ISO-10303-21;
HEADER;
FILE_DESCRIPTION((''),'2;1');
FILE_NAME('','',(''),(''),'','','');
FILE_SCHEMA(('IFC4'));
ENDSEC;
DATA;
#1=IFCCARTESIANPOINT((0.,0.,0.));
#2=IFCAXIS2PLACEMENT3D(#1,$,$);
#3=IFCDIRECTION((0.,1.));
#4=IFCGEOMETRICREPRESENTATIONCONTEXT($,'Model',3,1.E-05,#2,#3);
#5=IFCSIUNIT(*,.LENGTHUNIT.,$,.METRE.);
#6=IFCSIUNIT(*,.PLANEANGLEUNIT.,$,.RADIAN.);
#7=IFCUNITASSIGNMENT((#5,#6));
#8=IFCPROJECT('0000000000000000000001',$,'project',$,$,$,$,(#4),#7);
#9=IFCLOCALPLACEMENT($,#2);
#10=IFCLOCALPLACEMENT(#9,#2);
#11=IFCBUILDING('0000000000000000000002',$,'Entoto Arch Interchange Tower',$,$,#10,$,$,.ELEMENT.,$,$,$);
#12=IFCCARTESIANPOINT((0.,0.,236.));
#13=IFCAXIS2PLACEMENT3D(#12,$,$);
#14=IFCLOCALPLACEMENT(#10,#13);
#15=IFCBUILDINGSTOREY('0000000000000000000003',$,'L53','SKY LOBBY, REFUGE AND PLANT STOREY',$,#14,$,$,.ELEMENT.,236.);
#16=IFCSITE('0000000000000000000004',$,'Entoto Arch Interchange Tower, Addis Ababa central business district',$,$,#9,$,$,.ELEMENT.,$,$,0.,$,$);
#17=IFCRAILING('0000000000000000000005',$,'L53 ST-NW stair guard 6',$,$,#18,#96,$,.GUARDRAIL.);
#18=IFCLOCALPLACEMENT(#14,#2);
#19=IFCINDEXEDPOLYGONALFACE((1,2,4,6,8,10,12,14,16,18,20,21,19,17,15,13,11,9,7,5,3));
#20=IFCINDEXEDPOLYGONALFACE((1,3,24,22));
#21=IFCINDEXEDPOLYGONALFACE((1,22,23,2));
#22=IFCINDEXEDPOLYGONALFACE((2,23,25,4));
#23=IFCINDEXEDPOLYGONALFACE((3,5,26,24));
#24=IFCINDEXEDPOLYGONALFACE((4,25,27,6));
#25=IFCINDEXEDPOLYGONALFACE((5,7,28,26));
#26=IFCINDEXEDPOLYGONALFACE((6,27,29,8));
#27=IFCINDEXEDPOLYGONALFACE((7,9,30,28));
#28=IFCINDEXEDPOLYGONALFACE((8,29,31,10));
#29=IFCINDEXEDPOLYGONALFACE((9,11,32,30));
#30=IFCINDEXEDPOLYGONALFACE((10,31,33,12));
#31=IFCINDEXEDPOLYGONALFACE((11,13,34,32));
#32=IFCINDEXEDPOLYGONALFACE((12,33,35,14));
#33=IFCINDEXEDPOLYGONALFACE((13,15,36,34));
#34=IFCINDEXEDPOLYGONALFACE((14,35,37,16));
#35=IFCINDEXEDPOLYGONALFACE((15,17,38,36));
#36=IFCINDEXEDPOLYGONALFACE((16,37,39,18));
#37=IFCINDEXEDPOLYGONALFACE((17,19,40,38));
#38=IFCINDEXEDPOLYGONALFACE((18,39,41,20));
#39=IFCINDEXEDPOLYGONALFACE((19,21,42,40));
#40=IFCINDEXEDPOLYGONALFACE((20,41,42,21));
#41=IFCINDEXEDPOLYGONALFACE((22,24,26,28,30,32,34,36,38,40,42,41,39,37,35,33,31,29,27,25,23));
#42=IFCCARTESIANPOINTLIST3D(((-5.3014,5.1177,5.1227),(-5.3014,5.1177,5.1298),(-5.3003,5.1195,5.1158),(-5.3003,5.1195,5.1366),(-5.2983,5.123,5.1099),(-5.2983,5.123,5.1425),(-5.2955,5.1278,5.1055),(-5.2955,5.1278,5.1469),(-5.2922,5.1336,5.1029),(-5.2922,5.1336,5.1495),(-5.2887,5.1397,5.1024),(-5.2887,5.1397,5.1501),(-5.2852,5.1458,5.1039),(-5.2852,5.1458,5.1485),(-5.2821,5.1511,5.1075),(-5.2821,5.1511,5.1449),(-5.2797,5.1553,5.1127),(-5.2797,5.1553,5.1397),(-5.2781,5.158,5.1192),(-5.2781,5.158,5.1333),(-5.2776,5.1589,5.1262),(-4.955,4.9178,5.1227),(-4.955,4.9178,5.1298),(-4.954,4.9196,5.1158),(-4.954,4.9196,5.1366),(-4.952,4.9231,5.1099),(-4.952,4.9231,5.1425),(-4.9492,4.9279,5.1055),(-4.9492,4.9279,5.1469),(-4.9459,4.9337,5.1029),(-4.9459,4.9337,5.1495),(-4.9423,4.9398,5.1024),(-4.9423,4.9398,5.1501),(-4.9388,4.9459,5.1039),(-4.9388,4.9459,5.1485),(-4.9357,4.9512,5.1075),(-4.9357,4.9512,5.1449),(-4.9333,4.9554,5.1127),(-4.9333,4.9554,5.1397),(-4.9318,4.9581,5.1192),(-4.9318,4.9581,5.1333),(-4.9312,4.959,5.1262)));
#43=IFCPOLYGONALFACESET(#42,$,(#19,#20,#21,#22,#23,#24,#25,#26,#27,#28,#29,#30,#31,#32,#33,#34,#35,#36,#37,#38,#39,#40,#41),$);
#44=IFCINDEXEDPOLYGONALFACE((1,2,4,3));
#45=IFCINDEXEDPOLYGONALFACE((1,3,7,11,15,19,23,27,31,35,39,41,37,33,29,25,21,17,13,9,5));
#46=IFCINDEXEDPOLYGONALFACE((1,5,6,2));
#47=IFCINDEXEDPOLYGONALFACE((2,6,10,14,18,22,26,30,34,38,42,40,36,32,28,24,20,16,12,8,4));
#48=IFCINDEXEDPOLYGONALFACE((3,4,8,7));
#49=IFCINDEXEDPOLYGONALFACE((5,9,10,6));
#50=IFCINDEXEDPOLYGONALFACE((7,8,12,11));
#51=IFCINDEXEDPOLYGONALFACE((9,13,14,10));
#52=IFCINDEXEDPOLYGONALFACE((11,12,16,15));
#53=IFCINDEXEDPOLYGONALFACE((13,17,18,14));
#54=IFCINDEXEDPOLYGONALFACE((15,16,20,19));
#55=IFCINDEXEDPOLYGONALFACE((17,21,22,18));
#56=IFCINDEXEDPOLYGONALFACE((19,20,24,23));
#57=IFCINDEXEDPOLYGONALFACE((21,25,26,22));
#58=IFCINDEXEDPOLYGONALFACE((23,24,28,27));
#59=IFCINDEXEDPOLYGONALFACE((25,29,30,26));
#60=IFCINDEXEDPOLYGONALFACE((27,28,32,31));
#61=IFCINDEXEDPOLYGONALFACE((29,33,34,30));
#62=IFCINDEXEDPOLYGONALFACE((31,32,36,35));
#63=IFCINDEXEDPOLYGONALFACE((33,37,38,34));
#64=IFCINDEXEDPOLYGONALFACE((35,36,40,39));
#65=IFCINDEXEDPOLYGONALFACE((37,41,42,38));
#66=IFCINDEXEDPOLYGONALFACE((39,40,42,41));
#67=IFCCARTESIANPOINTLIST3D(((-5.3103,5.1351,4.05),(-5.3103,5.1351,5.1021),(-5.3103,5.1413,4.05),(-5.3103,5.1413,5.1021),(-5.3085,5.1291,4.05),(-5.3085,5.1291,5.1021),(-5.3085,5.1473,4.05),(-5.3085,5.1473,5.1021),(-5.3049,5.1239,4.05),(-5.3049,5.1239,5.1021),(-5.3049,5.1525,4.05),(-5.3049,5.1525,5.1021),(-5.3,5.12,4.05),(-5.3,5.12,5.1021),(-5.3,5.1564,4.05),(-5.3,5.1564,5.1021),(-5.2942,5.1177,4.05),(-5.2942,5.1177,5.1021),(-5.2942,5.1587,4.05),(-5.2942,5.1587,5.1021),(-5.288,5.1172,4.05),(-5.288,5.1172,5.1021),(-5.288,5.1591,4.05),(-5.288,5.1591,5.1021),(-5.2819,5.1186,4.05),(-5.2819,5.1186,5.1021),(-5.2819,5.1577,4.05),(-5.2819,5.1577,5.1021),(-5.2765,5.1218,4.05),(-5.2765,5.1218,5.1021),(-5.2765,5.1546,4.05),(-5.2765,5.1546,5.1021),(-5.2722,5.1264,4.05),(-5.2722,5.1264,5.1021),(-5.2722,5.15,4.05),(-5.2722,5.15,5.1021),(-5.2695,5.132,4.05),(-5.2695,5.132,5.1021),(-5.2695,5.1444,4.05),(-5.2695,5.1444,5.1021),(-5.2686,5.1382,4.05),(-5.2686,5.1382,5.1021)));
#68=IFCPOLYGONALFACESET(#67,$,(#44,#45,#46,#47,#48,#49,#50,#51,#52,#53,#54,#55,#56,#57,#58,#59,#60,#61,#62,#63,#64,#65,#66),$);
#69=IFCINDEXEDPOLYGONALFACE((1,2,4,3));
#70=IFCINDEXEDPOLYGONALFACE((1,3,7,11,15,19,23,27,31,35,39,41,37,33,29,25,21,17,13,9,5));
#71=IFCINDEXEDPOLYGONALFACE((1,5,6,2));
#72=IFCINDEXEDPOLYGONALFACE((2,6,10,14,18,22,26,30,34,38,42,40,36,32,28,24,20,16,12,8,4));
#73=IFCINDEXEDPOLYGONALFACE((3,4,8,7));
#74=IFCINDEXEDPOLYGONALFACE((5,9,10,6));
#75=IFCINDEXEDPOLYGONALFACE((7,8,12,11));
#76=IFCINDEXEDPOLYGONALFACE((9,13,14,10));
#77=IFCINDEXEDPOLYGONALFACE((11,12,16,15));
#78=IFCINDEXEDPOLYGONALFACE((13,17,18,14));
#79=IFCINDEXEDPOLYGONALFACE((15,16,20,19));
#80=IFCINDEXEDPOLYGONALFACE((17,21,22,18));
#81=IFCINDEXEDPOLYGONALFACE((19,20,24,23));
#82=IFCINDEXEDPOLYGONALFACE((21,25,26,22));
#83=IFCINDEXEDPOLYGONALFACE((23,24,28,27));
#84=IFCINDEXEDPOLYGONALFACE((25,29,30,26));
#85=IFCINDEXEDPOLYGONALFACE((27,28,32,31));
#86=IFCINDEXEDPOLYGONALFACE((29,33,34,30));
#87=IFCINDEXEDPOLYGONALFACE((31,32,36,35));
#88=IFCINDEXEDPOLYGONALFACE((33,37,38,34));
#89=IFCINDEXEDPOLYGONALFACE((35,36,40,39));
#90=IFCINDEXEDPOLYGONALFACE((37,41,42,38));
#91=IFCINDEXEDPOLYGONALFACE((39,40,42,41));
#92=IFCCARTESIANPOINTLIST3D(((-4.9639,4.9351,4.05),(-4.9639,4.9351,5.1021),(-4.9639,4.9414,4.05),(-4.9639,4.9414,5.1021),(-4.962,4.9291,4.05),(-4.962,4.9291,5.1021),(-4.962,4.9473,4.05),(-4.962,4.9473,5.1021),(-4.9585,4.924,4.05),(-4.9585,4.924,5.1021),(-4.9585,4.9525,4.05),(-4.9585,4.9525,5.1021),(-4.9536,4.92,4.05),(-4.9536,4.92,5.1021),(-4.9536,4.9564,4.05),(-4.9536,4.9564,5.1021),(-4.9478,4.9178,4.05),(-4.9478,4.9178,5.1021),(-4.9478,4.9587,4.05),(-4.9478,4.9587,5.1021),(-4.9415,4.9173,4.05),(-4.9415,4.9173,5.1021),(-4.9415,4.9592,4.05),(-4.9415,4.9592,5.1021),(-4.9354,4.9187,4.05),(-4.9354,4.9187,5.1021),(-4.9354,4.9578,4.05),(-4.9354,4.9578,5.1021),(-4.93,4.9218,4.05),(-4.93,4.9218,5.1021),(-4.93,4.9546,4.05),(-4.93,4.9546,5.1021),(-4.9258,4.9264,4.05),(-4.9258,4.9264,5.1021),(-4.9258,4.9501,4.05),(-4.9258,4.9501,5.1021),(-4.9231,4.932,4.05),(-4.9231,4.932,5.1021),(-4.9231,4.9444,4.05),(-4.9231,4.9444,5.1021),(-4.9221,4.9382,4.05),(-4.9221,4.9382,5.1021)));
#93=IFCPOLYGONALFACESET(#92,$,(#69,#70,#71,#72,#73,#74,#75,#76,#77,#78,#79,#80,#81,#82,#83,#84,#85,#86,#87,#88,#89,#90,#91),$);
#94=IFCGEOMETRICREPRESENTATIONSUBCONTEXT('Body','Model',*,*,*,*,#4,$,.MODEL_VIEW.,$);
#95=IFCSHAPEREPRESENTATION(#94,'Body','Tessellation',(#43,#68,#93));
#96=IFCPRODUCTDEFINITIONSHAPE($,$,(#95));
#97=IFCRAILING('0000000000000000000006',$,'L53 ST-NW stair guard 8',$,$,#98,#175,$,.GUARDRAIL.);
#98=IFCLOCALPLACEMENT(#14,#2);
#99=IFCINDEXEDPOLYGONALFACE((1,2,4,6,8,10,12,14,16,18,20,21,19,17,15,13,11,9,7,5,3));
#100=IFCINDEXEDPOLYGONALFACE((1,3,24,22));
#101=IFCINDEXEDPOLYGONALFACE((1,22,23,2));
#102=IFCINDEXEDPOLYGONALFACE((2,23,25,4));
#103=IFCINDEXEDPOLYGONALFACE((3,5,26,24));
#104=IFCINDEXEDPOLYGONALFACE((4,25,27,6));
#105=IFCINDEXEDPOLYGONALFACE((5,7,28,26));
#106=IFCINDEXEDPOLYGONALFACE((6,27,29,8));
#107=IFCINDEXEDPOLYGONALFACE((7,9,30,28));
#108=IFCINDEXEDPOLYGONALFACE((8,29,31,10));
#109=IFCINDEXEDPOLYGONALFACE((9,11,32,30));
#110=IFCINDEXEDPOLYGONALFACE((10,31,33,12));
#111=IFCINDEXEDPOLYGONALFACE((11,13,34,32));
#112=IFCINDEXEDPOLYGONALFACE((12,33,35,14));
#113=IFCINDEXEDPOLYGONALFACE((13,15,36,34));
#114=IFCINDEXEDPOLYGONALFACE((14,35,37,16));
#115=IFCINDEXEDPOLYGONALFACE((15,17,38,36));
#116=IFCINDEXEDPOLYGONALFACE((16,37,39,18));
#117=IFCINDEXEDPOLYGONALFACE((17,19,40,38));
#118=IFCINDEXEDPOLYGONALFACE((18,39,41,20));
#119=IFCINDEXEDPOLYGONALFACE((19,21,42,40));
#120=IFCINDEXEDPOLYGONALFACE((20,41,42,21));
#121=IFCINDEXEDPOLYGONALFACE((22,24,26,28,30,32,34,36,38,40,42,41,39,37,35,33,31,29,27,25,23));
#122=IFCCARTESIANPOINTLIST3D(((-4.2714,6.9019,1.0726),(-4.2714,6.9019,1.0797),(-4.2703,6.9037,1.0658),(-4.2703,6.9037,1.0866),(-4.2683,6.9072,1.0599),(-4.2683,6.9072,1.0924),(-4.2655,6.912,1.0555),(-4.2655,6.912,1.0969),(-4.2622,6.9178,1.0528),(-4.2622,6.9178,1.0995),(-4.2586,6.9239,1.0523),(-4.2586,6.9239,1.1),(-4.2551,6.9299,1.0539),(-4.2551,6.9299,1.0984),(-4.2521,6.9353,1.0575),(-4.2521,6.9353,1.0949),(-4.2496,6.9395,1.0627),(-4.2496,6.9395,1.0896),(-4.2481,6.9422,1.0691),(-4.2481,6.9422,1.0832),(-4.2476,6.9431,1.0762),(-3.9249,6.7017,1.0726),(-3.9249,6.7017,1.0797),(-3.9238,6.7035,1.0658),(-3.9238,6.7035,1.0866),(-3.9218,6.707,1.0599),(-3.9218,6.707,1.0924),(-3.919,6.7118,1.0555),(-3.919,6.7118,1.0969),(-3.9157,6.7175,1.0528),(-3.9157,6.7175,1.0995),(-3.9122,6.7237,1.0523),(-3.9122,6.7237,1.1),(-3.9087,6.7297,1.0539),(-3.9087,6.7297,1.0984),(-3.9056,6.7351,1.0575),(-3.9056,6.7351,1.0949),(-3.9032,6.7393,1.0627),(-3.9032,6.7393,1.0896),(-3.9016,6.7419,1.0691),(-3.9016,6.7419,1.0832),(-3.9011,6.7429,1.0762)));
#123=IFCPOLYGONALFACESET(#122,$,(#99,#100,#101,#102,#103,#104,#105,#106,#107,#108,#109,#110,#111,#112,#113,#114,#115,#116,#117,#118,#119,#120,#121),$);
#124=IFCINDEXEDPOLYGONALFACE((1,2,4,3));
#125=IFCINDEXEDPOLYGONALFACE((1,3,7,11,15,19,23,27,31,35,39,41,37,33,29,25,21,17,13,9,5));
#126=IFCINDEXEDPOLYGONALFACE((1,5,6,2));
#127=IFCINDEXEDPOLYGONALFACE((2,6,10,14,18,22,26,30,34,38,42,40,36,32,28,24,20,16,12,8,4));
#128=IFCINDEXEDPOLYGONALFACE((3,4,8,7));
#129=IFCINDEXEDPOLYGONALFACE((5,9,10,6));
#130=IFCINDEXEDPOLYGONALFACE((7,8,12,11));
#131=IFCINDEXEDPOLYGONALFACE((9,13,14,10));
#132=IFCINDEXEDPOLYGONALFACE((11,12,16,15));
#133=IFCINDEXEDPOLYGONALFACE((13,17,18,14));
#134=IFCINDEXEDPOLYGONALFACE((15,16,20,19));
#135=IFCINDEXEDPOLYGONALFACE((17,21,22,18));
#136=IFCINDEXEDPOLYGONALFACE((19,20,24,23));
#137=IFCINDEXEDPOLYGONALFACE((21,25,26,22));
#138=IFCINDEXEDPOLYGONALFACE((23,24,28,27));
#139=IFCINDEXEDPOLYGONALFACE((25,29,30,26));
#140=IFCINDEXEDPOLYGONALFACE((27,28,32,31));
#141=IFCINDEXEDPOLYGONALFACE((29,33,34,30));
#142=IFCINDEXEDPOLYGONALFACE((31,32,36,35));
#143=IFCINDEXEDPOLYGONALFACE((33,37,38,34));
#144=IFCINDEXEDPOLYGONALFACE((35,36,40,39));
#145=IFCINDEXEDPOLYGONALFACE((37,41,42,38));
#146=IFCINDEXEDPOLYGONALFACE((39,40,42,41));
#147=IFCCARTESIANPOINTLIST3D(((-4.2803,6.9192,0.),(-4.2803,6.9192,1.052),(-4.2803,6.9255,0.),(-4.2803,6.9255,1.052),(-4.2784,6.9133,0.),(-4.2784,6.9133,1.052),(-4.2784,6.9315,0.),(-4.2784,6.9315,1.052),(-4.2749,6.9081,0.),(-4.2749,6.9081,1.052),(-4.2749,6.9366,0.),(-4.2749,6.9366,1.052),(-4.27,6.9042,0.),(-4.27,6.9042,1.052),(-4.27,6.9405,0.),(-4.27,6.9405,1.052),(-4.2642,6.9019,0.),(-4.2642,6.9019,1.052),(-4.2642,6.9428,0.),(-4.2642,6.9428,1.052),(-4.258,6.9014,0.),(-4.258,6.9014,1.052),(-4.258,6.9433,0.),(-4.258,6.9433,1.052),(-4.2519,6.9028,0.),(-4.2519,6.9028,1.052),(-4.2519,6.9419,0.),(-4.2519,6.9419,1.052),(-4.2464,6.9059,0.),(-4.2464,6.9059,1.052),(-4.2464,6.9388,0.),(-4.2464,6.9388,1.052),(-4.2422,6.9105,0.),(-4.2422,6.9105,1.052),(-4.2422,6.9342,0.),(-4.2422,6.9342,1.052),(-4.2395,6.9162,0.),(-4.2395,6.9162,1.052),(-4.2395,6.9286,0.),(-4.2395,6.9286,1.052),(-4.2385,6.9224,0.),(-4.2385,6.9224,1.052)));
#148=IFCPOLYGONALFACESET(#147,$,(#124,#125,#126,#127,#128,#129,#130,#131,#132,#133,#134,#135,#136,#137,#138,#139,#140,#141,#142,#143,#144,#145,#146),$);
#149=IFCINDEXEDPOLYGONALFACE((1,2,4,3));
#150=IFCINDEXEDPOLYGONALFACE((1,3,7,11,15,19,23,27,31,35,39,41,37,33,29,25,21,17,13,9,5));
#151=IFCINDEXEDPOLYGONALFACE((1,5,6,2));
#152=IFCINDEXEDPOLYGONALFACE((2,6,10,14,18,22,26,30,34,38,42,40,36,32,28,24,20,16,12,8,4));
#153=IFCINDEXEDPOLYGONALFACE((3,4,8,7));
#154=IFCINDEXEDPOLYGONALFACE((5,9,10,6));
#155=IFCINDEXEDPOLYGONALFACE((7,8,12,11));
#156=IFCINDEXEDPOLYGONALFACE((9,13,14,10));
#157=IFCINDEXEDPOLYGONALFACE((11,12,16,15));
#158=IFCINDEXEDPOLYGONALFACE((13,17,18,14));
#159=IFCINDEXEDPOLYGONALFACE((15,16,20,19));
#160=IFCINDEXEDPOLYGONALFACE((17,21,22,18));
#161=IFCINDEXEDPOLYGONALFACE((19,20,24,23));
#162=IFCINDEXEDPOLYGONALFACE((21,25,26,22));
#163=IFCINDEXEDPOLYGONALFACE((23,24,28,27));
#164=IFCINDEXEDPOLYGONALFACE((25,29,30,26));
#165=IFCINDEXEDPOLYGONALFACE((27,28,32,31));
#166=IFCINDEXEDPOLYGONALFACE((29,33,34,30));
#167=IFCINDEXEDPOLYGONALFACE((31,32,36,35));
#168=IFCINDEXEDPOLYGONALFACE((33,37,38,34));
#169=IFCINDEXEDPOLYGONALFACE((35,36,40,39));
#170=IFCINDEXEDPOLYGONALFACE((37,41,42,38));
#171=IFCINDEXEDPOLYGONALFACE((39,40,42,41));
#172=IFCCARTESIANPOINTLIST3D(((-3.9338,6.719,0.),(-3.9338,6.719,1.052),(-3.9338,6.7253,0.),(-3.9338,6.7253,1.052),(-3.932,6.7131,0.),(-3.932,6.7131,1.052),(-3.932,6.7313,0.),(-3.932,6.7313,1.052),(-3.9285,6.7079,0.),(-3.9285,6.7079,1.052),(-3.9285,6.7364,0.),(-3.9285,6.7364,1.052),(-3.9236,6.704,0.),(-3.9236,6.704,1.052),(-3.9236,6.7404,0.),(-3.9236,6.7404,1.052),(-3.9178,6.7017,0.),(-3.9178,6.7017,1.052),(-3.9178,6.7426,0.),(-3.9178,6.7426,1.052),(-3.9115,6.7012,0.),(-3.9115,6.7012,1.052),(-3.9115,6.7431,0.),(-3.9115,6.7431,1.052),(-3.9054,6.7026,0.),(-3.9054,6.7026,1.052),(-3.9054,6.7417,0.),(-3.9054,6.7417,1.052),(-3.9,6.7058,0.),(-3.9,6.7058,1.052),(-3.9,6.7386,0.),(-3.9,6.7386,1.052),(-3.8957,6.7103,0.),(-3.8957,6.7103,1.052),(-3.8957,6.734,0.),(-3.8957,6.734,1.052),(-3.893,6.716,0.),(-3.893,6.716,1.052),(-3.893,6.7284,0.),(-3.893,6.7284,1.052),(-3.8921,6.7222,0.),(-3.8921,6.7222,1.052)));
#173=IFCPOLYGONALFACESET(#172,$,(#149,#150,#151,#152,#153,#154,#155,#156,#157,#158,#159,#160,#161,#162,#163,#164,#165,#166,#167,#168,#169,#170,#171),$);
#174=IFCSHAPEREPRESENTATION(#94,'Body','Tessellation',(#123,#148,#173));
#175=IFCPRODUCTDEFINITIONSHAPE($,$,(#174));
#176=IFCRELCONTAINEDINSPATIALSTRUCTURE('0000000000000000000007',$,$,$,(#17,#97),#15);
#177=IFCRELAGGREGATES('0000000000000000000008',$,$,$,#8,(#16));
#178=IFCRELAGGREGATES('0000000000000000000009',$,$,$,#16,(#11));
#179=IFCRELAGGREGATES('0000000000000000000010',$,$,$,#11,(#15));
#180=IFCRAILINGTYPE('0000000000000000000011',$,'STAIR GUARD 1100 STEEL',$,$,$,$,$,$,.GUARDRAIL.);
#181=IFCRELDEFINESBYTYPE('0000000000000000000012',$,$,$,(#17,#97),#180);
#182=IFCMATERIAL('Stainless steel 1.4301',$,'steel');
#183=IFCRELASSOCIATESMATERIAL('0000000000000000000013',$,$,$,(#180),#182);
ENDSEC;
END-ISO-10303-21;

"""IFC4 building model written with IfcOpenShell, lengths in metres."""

from ifc_helpers import new_model, si_unit, direction, frame, origin, origin_2d, place, context, subcontext, project, spatial, circle, extrude, material, type_object, element, save


model = new_model("IFC4")

# Units and contexts
model_context = context("Model", 3, precision=1e-05, world=origin(), true_north=direction((0.0, 1.0)))
body_context = subcontext(model_context, "Body", "Model", "MODEL_VIEW")
ifc_project = project(units=[si_unit("LENGTHUNIT", "METRE"), si_unit("PLANEANGLEUNIT", "RADIAN")], contexts=[model_context])

# Site, building, storey
site_placement = place(None, origin())
site = spatial("IfcSite", under=ifc_project, at=site_placement, Name="Entoto Arch Interchange Tower, Addis Ababa central business district", CompositionType="ELEMENT", RefElevation=0.0)
building_placement = place(site_placement, origin())
building = spatial("IfcBuilding", under=site, at=building_placement, Name="Entoto Arch Interchange Tower", CompositionType="ELEMENT")
storey_placement = place(building_placement, frame((0.0, 0.0, 236.0)))
storey = spatial("IfcBuildingStorey", under=building, at=storey_placement, Name="L53", Description="SKY LOBBY, REFUGE AND PLANT STOREY", CompositionType="ELEMENT", Elevation=236.0)

# Railings
ifc_material_1 = material(Name="Stainless steel 1.4301", Category="steel")
railing_type_1 = type_object("IfcRailingType", Name="STAIR GUARD 1100 STEEL", PredefinedType="GUARDRAIL", material=ifc_material_1)
railing_1_placement = place(storey_placement, frame((-5.2896, 5.1382, 4.05)))
element("IfcRailing", 1, at=railing_1_placement, inside=storey, type_object=railing_type_1, Name="L53 ST-NW stair guard 6", PredefinedType="GUARDRAIL", context=body_context, shape_type="SweptSolid", body=[
    extrude(circle(Radius=0.0239, at=origin_2d()), frame((0.0, 0.0, 1.0762), z_axis=(0.866094, -0.499881, 0.0), x_axis=(0.499881, 0.866094, 0.0)), (0.0, 0.0, 1.0), 0.3999),
    extrude(circle(Radius=0.021, at=origin_2d()), origin(), (0.0, 0.0, 1.0), 1.052),
    extrude(circle(Radius=0.021, at=origin_2d()), frame((0.3464, -0.2, 0.0)), (0.0, 0.0, 1.0), 1.052),
])
railing_2_placement = place(storey_placement, frame((-4.2595, 6.9224, 0.0)))
element("IfcRailing", 2, at=railing_2_placement, inside=storey, type_object=railing_type_1, Name="L53 ST-NW stair guard 8", PredefinedType="GUARDRAIL", context=body_context, shape_type="SweptSolid", body=[
    extrude(circle(Radius=0.0239, at=origin_2d()), frame((0.0, 0.0, 1.0762), z_axis=(0.86583, -0.500339, 0.0), x_axis=(0.500339, 0.86583, 0.0)), (0.0, 0.0, 1.0), 0.4001),
    extrude(circle(Radius=0.021, at=origin_2d()), origin(), (0.0, 0.0, 1.0), 1.052),
    extrude(circle(Radius=0.021, at=origin_2d()), frame((0.3464, -0.2002, 0.0)), (0.0, 0.0, 1.0), 1.052),
])

save(model, "model.ifc")
